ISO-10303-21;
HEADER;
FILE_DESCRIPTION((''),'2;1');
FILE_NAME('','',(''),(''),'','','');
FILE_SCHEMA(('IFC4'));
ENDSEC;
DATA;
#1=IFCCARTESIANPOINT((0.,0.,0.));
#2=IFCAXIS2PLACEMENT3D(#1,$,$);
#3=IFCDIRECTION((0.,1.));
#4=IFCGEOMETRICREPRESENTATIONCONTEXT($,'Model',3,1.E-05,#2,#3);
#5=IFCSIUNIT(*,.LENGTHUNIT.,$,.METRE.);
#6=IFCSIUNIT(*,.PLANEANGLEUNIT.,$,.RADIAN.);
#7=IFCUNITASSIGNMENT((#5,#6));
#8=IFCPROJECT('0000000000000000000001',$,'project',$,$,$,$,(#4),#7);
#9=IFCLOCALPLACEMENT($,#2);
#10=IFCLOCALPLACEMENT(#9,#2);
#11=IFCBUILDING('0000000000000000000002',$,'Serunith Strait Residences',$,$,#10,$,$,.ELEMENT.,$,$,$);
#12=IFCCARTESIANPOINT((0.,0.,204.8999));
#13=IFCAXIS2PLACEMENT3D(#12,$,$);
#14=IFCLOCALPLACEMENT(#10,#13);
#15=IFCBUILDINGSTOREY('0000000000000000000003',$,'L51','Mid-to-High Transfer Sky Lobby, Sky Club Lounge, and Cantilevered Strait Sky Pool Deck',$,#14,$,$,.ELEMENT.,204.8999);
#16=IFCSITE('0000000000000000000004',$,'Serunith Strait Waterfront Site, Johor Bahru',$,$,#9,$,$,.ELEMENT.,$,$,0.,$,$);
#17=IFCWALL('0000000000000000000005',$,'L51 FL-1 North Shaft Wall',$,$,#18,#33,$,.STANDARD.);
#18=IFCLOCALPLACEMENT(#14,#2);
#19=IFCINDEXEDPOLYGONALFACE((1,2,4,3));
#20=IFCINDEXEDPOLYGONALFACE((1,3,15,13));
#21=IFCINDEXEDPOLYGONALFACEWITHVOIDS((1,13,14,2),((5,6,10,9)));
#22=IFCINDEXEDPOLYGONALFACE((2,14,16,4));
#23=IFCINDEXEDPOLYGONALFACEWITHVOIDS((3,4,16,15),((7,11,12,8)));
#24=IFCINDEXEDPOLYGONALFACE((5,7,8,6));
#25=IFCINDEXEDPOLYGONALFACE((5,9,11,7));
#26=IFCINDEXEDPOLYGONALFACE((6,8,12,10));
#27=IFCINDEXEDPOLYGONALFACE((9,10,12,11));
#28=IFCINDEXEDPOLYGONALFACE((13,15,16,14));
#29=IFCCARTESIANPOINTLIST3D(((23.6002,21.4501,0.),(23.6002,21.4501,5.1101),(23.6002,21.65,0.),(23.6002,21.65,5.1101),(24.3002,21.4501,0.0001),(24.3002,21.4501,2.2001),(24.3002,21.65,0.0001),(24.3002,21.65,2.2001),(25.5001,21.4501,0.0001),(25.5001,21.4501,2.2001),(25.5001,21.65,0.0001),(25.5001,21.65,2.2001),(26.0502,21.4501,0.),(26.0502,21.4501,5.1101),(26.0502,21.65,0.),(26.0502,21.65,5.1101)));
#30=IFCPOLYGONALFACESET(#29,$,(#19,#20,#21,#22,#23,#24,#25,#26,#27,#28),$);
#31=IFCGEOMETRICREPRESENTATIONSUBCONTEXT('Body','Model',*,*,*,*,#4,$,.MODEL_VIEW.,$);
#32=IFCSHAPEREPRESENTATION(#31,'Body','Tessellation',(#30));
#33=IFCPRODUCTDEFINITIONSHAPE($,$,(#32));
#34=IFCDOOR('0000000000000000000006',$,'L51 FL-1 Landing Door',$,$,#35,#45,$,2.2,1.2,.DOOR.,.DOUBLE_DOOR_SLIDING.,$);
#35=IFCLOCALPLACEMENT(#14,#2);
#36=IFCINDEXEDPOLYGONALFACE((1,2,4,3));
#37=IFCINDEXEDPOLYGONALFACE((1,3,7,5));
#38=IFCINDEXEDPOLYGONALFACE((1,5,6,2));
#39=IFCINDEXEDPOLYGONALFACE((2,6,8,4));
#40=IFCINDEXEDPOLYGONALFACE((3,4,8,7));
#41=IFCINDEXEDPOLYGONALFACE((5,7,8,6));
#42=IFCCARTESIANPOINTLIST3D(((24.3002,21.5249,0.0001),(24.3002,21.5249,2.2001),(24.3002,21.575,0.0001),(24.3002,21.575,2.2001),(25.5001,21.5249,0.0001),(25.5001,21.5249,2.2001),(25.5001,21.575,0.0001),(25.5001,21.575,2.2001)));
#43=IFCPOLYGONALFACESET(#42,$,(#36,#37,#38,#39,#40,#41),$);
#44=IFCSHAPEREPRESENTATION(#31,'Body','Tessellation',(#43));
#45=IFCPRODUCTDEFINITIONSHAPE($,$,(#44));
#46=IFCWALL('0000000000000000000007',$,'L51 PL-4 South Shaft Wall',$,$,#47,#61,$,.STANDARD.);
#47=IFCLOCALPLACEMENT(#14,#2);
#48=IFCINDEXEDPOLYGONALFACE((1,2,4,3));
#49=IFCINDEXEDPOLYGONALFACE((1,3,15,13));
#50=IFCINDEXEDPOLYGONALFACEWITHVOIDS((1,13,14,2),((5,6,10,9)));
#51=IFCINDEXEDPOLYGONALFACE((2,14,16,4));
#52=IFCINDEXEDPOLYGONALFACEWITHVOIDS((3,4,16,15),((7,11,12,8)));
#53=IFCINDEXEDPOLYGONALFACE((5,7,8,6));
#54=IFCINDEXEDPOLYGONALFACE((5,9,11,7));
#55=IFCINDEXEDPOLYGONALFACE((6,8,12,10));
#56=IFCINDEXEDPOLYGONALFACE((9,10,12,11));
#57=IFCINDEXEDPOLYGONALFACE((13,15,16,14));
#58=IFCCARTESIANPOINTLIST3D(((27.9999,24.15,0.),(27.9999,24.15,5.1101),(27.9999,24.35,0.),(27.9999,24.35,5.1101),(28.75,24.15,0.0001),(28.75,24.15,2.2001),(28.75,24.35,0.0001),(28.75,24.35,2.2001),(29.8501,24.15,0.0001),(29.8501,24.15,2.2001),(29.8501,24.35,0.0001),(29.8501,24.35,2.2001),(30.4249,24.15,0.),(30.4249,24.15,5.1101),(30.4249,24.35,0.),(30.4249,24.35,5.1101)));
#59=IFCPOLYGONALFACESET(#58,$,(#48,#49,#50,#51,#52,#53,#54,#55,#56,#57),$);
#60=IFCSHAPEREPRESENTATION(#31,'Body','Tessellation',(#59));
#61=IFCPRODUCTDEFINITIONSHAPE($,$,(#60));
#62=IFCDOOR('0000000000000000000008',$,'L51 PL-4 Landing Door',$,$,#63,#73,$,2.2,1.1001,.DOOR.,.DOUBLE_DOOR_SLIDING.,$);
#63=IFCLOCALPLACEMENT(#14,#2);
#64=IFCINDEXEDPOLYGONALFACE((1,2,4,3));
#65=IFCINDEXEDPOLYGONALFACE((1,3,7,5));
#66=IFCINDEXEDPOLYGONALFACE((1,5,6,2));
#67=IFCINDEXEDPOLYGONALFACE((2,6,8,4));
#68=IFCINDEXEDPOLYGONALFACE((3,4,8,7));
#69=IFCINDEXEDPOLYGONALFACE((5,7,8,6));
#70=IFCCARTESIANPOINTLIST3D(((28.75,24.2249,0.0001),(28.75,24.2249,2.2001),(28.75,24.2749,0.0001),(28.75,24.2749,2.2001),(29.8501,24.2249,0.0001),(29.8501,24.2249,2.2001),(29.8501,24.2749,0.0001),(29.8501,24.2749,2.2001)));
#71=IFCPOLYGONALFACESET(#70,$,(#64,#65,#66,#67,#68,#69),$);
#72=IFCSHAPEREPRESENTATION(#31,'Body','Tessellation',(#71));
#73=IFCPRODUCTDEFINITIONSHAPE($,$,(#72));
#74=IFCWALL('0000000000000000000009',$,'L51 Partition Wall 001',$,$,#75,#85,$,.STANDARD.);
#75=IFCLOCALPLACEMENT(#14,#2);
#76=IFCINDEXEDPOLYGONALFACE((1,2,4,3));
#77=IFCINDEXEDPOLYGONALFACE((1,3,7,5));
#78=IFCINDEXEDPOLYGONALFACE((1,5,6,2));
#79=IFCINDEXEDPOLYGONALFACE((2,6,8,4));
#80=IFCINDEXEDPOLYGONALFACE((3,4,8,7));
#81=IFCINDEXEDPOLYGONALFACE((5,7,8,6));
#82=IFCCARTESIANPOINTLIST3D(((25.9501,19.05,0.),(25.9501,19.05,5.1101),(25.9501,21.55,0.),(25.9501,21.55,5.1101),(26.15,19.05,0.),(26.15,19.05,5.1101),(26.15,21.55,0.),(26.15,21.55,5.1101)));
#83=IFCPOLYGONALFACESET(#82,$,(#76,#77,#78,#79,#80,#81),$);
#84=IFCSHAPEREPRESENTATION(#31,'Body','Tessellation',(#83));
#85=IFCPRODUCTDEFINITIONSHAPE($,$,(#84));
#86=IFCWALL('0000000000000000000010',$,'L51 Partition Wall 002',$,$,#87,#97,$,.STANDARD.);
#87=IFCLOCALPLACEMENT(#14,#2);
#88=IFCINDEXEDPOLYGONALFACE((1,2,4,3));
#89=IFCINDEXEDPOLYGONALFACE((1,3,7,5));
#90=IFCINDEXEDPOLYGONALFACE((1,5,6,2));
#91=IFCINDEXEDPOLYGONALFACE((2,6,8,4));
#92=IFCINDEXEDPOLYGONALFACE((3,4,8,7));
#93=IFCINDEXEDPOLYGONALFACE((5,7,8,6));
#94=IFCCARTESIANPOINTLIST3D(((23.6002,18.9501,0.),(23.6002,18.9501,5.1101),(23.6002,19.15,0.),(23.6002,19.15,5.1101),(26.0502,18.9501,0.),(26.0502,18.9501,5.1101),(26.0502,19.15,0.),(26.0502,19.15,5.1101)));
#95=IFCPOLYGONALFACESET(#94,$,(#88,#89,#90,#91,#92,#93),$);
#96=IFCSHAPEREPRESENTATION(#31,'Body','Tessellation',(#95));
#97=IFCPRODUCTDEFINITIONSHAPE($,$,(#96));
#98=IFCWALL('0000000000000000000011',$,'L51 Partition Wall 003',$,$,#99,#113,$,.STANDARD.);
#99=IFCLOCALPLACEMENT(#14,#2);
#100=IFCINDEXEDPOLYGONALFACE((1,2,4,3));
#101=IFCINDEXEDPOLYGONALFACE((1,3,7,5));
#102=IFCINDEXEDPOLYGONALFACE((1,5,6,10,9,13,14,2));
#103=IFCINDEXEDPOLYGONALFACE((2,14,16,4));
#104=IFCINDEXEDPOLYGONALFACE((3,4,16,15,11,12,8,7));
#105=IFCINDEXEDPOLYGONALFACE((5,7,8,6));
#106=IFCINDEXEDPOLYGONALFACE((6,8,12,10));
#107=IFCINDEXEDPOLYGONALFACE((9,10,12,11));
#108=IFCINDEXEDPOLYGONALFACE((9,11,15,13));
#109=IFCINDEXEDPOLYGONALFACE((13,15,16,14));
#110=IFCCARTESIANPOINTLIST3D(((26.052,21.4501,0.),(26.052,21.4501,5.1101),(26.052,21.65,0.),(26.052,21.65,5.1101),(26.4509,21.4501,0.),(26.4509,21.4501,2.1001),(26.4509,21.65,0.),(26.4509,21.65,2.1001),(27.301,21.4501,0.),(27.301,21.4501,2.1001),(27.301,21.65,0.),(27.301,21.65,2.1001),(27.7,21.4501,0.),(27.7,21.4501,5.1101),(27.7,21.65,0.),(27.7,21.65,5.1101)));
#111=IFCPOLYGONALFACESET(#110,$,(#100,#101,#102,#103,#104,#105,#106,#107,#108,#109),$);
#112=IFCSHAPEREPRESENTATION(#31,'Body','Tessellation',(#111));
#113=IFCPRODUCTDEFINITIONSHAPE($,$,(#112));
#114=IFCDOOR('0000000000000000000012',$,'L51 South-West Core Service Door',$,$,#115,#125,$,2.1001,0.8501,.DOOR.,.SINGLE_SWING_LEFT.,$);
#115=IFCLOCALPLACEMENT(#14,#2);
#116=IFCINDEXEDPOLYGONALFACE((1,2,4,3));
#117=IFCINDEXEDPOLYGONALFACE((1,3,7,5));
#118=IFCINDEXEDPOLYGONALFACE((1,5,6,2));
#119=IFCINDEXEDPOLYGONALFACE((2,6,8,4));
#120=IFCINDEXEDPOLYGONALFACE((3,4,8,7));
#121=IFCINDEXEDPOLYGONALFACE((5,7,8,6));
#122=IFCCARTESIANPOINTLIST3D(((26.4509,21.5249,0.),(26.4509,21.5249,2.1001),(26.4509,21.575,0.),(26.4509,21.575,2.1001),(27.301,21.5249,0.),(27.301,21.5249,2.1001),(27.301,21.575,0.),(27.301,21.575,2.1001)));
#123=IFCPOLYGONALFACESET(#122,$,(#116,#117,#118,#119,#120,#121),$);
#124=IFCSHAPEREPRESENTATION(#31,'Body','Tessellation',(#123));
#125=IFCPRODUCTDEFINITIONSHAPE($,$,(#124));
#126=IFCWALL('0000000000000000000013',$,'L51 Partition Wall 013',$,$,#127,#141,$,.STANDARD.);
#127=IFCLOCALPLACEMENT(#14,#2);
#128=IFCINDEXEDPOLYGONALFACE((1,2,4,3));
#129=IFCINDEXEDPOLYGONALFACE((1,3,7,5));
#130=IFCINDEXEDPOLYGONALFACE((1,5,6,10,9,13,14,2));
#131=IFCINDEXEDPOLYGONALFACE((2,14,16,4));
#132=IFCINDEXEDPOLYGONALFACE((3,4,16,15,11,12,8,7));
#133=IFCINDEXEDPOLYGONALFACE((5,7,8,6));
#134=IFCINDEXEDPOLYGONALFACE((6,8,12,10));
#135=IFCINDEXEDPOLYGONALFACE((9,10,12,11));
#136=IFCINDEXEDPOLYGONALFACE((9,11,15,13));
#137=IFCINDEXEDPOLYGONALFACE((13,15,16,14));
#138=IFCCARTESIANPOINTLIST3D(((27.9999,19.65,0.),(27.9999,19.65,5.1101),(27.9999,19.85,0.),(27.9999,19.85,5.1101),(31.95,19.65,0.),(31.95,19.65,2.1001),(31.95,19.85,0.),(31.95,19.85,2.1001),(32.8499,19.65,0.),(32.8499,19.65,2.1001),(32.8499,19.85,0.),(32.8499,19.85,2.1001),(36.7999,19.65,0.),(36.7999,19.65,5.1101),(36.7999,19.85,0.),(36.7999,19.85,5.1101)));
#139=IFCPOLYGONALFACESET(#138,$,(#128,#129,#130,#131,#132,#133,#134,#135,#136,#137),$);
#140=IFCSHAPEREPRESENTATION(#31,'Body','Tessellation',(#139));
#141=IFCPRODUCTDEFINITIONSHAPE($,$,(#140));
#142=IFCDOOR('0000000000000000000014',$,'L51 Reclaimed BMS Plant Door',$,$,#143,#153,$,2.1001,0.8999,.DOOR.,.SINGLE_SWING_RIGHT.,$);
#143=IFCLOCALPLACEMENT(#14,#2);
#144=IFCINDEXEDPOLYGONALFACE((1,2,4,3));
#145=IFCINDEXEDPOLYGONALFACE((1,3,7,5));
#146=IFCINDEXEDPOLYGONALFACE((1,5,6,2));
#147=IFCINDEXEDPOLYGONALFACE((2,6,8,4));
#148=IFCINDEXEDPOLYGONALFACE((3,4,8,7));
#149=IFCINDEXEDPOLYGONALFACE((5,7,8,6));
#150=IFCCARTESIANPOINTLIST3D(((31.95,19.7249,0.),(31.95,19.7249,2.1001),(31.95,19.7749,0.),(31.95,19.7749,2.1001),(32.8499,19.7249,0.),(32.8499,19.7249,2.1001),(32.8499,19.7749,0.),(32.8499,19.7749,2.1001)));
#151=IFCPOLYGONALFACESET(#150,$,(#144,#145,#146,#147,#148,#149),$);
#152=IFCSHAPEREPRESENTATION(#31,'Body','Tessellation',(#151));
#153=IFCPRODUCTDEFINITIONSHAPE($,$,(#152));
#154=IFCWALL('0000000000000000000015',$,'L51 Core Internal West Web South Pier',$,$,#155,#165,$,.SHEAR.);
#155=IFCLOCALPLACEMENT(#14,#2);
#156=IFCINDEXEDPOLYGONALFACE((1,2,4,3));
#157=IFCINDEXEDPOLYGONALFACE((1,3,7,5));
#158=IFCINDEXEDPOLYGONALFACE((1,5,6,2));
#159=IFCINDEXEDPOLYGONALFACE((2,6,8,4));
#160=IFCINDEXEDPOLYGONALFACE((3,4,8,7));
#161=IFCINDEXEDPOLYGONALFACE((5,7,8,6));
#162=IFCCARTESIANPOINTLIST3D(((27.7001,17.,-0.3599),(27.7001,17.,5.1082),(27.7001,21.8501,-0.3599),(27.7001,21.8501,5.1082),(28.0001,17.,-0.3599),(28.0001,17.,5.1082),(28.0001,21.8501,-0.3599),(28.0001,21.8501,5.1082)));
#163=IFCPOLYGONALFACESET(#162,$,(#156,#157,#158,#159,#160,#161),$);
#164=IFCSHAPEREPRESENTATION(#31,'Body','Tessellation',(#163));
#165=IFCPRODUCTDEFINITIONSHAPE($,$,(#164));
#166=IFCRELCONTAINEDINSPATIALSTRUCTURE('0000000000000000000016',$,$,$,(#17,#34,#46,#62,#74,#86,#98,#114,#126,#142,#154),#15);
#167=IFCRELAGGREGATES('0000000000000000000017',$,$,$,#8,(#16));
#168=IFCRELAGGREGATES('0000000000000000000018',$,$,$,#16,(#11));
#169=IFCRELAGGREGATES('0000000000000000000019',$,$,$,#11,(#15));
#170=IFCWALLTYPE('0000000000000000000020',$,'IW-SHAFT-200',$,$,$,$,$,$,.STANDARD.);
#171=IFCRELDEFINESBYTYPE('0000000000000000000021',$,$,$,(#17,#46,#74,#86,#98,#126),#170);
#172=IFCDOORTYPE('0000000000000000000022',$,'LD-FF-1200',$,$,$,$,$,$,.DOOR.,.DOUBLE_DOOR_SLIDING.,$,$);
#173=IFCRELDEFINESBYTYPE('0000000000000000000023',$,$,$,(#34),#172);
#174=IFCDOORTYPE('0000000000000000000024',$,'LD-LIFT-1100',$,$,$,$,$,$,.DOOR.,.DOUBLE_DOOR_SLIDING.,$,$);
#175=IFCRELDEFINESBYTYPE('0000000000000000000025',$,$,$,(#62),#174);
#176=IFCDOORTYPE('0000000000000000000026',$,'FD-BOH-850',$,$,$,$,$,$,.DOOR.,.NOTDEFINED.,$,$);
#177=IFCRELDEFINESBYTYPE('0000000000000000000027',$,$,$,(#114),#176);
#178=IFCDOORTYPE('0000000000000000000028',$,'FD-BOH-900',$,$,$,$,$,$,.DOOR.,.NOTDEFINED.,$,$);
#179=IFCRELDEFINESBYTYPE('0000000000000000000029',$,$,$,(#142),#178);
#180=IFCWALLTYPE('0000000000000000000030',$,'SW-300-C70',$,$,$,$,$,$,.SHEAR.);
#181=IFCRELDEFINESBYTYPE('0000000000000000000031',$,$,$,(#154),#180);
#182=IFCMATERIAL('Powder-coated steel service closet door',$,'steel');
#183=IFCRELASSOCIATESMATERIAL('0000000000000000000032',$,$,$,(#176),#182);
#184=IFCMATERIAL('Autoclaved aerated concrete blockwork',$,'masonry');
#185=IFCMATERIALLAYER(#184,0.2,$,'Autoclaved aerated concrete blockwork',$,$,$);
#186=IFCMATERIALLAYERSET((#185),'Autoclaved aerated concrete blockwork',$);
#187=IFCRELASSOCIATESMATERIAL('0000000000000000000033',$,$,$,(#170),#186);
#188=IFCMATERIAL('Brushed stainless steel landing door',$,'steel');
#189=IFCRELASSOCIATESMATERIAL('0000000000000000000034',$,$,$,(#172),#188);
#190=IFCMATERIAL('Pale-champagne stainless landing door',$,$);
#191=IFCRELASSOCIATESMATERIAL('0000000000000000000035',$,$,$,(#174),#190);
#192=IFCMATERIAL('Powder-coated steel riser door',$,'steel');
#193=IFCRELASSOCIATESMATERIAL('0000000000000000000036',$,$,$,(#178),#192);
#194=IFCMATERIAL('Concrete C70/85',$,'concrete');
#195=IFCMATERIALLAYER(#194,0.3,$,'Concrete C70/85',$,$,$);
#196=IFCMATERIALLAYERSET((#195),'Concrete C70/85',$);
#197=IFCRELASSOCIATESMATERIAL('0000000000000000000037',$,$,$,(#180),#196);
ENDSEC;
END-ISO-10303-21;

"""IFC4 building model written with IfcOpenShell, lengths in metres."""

from ifc_helpers import new_model, si_unit, direction, frame, frame_2d, origin, place, context, subcontext, project, spatial, rectangle, extrude, source, transform, mapped, material, layer, layer_set, type_object, element, fill, save


model = new_model("IFC4")

# Units and contexts
model_context = context("Model", 3, precision=1e-05, world=origin(), true_north=direction((0.0, 1.0)))
body_context = subcontext(model_context, "Body", "Model", "MODEL_VIEW")
ifc_project = project(units=[si_unit("LENGTHUNIT", "METRE"), si_unit("PLANEANGLEUNIT", "RADIAN")], contexts=[model_context])

# Site, building, storey
site_placement = place(None, origin())
site = spatial("IfcSite", under=ifc_project, at=site_placement, Name="Serunith Strait Waterfront Site, Johor Bahru", CompositionType="ELEMENT", RefElevation=0.0)
building_placement = place(site_placement, origin())
building = spatial("IfcBuilding", under=site, at=building_placement, Name="Serunith Strait Residences", CompositionType="ELEMENT")
storey_placement = place(building_placement, frame((0.0, 0.0, 204.8999)))
storey = spatial("IfcBuildingStorey", under=building, at=storey_placement, Name="L51", Description="Mid-to-High Transfer Sky Lobby, Sky Club Lounge, and Cantilevered Strait Sky Pool Deck", CompositionType="ELEMENT", Elevation=204.8999)

# Walls, openings, doors
ifc_material_1 = material(Name="Powder-coated steel service closet door", Category="steel")
door_type_1 = type_object("IfcDoorType", Name="FD-BOH-850", OperationType="NOTDEFINED", PredefinedType="DOOR", material=ifc_material_1)
shared_shape_1 = source(origin(), body_context, "Body", "SweptSolid", [
    extrude(rectangle(XDim=0.8501, YDim=2.1001, at=frame_2d((0.425, 1.05))), frame((0.0, 0.0249, 0.0), z_axis=(0.0, -1.0, 0.0), x_axis=(1.0, 0.0, 0.0)), (0.0, 0.0, 1.0), 0.05),
])
ifc_material_2 = material(Name="Autoclaved aerated concrete blockwork", Category="masonry")
ifc_layer_1 = layer(ifc_material_2, 0.2, Name="Autoclaved aerated concrete blockwork")
ifc_layer_set_1 = layer_set([ifc_layer_1], Name="Autoclaved aerated concrete blockwork")
wall_type_1 = type_object("IfcWallType", Name="IW-SHAFT-200", PredefinedType="STANDARD", material=ifc_layer_set_1)
wall_1_placement = place(storey_placement, frame((23.6001, 21.55, 0.0), z_axis=(0.0, 0.0, 1.0), x_axis=(1.0, 0.0, 0.0)))
wall_1 = element("IfcWall", 1, at=wall_1_placement, inside=storey, type_object=wall_type_1, Name="L51 FL-1 North Shaft Wall", PredefinedType="STANDARD", context=body_context, shape_type="SweptSolid", body=[
    extrude(rectangle(XDim=2.45, YDim=0.2, at=frame_2d((1.2251, 0.0))), origin(), (0.0, 0.0, 1.0), 5.1101),
])
opening_1_placement = place(wall_1_placement, frame((0.7, 0.0, 0.0)))
opening_1 = element("IfcOpeningElement", 2, at=opening_1_placement, cuts=wall_1, PredefinedType="OPENING", context=body_context, shape_type="SweptSolid", body=[
    extrude(rectangle(XDim=1.2, YDim=2.2, at=frame_2d((0.6001, 1.1001))), frame((0.0, 0.1099, 0.0), z_axis=(0.0, -1.0, 0.0), x_axis=(1.0, 0.0, 0.0)), (0.0, 0.0, 1.0), 0.22),
])
ifc_material_3 = material(Name="Brushed stainless steel landing door", Category="steel")
door_type_2 = type_object("IfcDoorType", Name="LD-FF-1200", OperationType="DOUBLE_DOOR_SLIDING", PredefinedType="DOOR", material=ifc_material_3)
shared_shape_2 = source(origin(), body_context, "Body", "SweptSolid", [
    extrude(rectangle(XDim=1.2, YDim=2.2, at=frame_2d((0.6001, 1.1001))), frame((0.0, 0.0249, 0.0), z_axis=(0.0, -1.0, 0.0), x_axis=(1.0, 0.0, 0.0)), (0.0, 0.0, 1.0), 0.05),
])
door_1_placement = place(opening_1_placement, origin())
door_1 = element("IfcDoor", 3, at=door_1_placement, inside=storey, type_object=door_type_2, Name="L51 FL-1 Landing Door", OperationType="DOUBLE_DOOR_SLIDING", OverallHeight=2.2, OverallWidth=1.2, PredefinedType="DOOR", context=body_context, shape_type="MappedRepresentation", body=[
    mapped(shared_shape_2, transform((0.0, 0.0, 0.0), scale=1.0)),
])
fill(opening_1, door_1)
wall_2_placement = place(storey_placement, frame((28.0, 24.25, 0.0), z_axis=(0.0, 0.0, 1.0), x_axis=(1.0, 0.0, 0.0)))
wall_2 = element("IfcWall", 4, at=wall_2_placement, inside=storey, type_object=wall_type_1, Name="L51 PL-4 South Shaft Wall", PredefinedType="STANDARD", context=body_context, shape_type="SweptSolid", body=[
    extrude(rectangle(XDim=2.425, YDim=0.2, at=frame_2d((1.2124, 0.0))), origin(), (0.0, 0.0, 1.0), 5.1101),
])
opening_2_placement = place(wall_2_placement, frame((0.75, 0.0, 0.0)))
opening_2 = element("IfcOpeningElement", 5, at=opening_2_placement, cuts=wall_2, PredefinedType="OPENING", context=body_context, shape_type="SweptSolid", body=[
    extrude(rectangle(XDim=1.1001, YDim=2.2, at=frame_2d((0.55, 1.1001))), frame((0.0, 0.1099, 0.0), z_axis=(0.0, -1.0, 0.0), x_axis=(1.0, 0.0, 0.0)), (0.0, 0.0, 1.0), 0.22),
])
ifc_material_4 = material(Name="Pale-champagne stainless landing door")
door_type_3 = type_object("IfcDoorType", Name="LD-LIFT-1100", OperationType="DOUBLE_DOOR_SLIDING", PredefinedType="DOOR", material=ifc_material_4)
shared_shape_3 = source(origin(), body_context, "Body", "SweptSolid", [
    extrude(rectangle(XDim=1.1001, YDim=2.2, at=frame_2d((0.55, 1.1001))), frame((0.0, 0.0249, 0.0), z_axis=(0.0, -1.0, 0.0), x_axis=(1.0, 0.0, 0.0)), (0.0, 0.0, 1.0), 0.05),
])
door_2_placement = place(opening_2_placement, origin())
door_2 = element("IfcDoor", 6, at=door_2_placement, inside=storey, type_object=door_type_3, Name="L51 PL-4 Landing Door", OperationType="DOUBLE_DOOR_SLIDING", OverallHeight=2.2, OverallWidth=1.1001, PredefinedType="DOOR", context=body_context, shape_type="MappedRepresentation", body=[
    mapped(shared_shape_3, transform((0.0, 0.0, 0.0), scale=1.0)),
])
fill(opening_2, door_2)

# Walls
wall_3_placement = place(storey_placement, frame((26.05, 19.05, 0.0), z_axis=(0.0, 0.0, 1.0), x_axis=(0.0, 1.0, 0.0)))
element("IfcWall", 7, at=wall_3_placement, inside=storey, type_object=wall_type_1, Name="L51 Partition Wall 001", PredefinedType="STANDARD", context=body_context, shape_type="SweptSolid", body=[
    extrude(rectangle(XDim=2.5, YDim=0.2, at=frame_2d((1.25, 0.0))), origin(), (0.0, 0.0, 1.0), 5.1101),
])
wall_4_placement = place(storey_placement, frame((23.6001, 19.05, 0.0), z_axis=(0.0, 0.0, 1.0), x_axis=(1.0, 0.0, 0.0)))
element("IfcWall", 8, at=wall_4_placement, inside=storey, type_object=wall_type_1, Name="L51 Partition Wall 002", PredefinedType="STANDARD", context=body_context, shape_type="SweptSolid", body=[
    extrude(rectangle(XDim=2.45, YDim=0.2, at=frame_2d((1.2251, 0.0))), origin(), (0.0, 0.0, 1.0), 5.1101),
])

# Walls, openings, doors
wall_5_placement = place(storey_placement, frame((26.052, 21.55, 0.0), z_axis=(0.0, 0.0, 1.0), x_axis=(1.0, 0.0, 0.0)))
wall_5 = element("IfcWall", 9, at=wall_5_placement, inside=storey, type_object=wall_type_1, Name="L51 Partition Wall 003", PredefinedType="STANDARD", context=body_context, shape_type="SweptSolid", body=[
    extrude(rectangle(XDim=1.6479, YDim=0.2, at=frame_2d((0.824, 0.0))), origin(), (0.0, 0.0, 1.0), 5.1101),
])
opening_3_placement = place(wall_5_placement, frame((0.3989, 0.0, 0.0)))
opening_3 = element("IfcOpeningElement", 10, at=opening_3_placement, cuts=wall_5, PredefinedType="OPENING", context=body_context, shape_type="SweptSolid", body=[
    extrude(rectangle(XDim=0.8501, YDim=2.1001, at=frame_2d((0.425, 1.05))), frame((0.0, 0.1099, 0.0), z_axis=(0.0, -1.0, 0.0), x_axis=(1.0, 0.0, 0.0)), (0.0, 0.0, 1.0), 0.22),
])
door_3_placement = place(opening_3_placement, origin())
door_3 = element("IfcDoor", 11, at=door_3_placement, inside=storey, type_object=door_type_1, Name="L51 South-West Core Service Door", OperationType="SINGLE_SWING_LEFT", OverallHeight=2.1001, OverallWidth=0.8501, PredefinedType="DOOR", context=body_context, shape_type="MappedRepresentation", body=[
    mapped(shared_shape_1, transform((0.0, 0.0, 0.0), scale=1.0)),
])
fill(opening_3, door_3)
wall_6_placement = place(storey_placement, frame((28.0, 19.75, 0.0), z_axis=(0.0, 0.0, 1.0), x_axis=(1.0, 0.0, 0.0)))
wall_6 = element("IfcWall", 12, at=wall_6_placement, inside=storey, type_object=wall_type_1, Name="L51 Partition Wall 013", PredefinedType="STANDARD", context=body_context, shape_type="SweptSolid", body=[
    extrude(rectangle(XDim=8.8, YDim=0.2, at=frame_2d((4.3999, 0.0))), origin(), (0.0, 0.0, 1.0), 5.1101),
])
opening_4_placement = place(wall_6_placement, frame((3.95, 0.0, 0.0)))
opening_4 = element("IfcOpeningElement", 13, at=opening_4_placement, cuts=wall_6, PredefinedType="OPENING", context=body_context, shape_type="SweptSolid", body=[
    extrude(rectangle(XDim=0.8999, YDim=2.1001, at=frame_2d((0.45, 1.05))), frame((0.0, 0.1099, 0.0), z_axis=(0.0, -1.0, 0.0), x_axis=(1.0, 0.0, 0.0)), (0.0, 0.0, 1.0), 0.22),
])
ifc_material_5 = material(Name="Powder-coated steel riser door", Category="steel")
door_type_4 = type_object("IfcDoorType", Name="FD-BOH-900", OperationType="NOTDEFINED", PredefinedType="DOOR", material=ifc_material_5)
shared_shape_4 = source(origin(), body_context, "Body", "SweptSolid", [
    extrude(rectangle(XDim=0.8999, YDim=2.1001, at=frame_2d((0.45, 1.05))), frame((0.0, 0.0249, 0.0), z_axis=(0.0, -1.0, 0.0), x_axis=(1.0, 0.0, 0.0)), (0.0, 0.0, 1.0), 0.05),
])
door_4_placement = place(opening_4_placement, origin())
door_4 = element("IfcDoor", 14, at=door_4_placement, inside=storey, type_object=door_type_4, Name="L51 Reclaimed BMS Plant Door", OperationType="SINGLE_SWING_RIGHT", OverallHeight=2.1001, OverallWidth=0.8999, PredefinedType="DOOR", context=body_context, shape_type="MappedRepresentation", body=[
    mapped(shared_shape_4, transform((0.0, 0.0, 0.0), scale=1.0)),
])
fill(opening_4, door_4)

# Wall
ifc_material_6 = material(Name="Concrete C70/85", Category="concrete")
ifc_layer_2 = layer(ifc_material_6, 0.3, Name="Concrete C70/85")
ifc_layer_set_2 = layer_set([ifc_layer_2], Name="Concrete C70/85")
wall_type_2 = type_object("IfcWallType", Name="SW-300-C70", PredefinedType="SHEAR", material=ifc_layer_set_2)
wall_7_placement = place(storey_placement, frame((27.8501, 17.0, -0.3599), z_axis=(0.0, 0.0, 1.0), x_axis=(0.0, 1.0, 0.0)))
element("IfcWall", 15, at=wall_7_placement, inside=storey, type_object=wall_type_2, Name="L51 Core Internal West Web South Pier", PredefinedType="SHEAR", context=body_context, shape_type="SweptSolid", body=[
    extrude(rectangle(XDim=4.8501, YDim=0.3, at=frame_2d((2.425, 0.0))), origin(), (0.0, 0.0, 1.0), 5.468),
])

save(model, "model.ifc")
